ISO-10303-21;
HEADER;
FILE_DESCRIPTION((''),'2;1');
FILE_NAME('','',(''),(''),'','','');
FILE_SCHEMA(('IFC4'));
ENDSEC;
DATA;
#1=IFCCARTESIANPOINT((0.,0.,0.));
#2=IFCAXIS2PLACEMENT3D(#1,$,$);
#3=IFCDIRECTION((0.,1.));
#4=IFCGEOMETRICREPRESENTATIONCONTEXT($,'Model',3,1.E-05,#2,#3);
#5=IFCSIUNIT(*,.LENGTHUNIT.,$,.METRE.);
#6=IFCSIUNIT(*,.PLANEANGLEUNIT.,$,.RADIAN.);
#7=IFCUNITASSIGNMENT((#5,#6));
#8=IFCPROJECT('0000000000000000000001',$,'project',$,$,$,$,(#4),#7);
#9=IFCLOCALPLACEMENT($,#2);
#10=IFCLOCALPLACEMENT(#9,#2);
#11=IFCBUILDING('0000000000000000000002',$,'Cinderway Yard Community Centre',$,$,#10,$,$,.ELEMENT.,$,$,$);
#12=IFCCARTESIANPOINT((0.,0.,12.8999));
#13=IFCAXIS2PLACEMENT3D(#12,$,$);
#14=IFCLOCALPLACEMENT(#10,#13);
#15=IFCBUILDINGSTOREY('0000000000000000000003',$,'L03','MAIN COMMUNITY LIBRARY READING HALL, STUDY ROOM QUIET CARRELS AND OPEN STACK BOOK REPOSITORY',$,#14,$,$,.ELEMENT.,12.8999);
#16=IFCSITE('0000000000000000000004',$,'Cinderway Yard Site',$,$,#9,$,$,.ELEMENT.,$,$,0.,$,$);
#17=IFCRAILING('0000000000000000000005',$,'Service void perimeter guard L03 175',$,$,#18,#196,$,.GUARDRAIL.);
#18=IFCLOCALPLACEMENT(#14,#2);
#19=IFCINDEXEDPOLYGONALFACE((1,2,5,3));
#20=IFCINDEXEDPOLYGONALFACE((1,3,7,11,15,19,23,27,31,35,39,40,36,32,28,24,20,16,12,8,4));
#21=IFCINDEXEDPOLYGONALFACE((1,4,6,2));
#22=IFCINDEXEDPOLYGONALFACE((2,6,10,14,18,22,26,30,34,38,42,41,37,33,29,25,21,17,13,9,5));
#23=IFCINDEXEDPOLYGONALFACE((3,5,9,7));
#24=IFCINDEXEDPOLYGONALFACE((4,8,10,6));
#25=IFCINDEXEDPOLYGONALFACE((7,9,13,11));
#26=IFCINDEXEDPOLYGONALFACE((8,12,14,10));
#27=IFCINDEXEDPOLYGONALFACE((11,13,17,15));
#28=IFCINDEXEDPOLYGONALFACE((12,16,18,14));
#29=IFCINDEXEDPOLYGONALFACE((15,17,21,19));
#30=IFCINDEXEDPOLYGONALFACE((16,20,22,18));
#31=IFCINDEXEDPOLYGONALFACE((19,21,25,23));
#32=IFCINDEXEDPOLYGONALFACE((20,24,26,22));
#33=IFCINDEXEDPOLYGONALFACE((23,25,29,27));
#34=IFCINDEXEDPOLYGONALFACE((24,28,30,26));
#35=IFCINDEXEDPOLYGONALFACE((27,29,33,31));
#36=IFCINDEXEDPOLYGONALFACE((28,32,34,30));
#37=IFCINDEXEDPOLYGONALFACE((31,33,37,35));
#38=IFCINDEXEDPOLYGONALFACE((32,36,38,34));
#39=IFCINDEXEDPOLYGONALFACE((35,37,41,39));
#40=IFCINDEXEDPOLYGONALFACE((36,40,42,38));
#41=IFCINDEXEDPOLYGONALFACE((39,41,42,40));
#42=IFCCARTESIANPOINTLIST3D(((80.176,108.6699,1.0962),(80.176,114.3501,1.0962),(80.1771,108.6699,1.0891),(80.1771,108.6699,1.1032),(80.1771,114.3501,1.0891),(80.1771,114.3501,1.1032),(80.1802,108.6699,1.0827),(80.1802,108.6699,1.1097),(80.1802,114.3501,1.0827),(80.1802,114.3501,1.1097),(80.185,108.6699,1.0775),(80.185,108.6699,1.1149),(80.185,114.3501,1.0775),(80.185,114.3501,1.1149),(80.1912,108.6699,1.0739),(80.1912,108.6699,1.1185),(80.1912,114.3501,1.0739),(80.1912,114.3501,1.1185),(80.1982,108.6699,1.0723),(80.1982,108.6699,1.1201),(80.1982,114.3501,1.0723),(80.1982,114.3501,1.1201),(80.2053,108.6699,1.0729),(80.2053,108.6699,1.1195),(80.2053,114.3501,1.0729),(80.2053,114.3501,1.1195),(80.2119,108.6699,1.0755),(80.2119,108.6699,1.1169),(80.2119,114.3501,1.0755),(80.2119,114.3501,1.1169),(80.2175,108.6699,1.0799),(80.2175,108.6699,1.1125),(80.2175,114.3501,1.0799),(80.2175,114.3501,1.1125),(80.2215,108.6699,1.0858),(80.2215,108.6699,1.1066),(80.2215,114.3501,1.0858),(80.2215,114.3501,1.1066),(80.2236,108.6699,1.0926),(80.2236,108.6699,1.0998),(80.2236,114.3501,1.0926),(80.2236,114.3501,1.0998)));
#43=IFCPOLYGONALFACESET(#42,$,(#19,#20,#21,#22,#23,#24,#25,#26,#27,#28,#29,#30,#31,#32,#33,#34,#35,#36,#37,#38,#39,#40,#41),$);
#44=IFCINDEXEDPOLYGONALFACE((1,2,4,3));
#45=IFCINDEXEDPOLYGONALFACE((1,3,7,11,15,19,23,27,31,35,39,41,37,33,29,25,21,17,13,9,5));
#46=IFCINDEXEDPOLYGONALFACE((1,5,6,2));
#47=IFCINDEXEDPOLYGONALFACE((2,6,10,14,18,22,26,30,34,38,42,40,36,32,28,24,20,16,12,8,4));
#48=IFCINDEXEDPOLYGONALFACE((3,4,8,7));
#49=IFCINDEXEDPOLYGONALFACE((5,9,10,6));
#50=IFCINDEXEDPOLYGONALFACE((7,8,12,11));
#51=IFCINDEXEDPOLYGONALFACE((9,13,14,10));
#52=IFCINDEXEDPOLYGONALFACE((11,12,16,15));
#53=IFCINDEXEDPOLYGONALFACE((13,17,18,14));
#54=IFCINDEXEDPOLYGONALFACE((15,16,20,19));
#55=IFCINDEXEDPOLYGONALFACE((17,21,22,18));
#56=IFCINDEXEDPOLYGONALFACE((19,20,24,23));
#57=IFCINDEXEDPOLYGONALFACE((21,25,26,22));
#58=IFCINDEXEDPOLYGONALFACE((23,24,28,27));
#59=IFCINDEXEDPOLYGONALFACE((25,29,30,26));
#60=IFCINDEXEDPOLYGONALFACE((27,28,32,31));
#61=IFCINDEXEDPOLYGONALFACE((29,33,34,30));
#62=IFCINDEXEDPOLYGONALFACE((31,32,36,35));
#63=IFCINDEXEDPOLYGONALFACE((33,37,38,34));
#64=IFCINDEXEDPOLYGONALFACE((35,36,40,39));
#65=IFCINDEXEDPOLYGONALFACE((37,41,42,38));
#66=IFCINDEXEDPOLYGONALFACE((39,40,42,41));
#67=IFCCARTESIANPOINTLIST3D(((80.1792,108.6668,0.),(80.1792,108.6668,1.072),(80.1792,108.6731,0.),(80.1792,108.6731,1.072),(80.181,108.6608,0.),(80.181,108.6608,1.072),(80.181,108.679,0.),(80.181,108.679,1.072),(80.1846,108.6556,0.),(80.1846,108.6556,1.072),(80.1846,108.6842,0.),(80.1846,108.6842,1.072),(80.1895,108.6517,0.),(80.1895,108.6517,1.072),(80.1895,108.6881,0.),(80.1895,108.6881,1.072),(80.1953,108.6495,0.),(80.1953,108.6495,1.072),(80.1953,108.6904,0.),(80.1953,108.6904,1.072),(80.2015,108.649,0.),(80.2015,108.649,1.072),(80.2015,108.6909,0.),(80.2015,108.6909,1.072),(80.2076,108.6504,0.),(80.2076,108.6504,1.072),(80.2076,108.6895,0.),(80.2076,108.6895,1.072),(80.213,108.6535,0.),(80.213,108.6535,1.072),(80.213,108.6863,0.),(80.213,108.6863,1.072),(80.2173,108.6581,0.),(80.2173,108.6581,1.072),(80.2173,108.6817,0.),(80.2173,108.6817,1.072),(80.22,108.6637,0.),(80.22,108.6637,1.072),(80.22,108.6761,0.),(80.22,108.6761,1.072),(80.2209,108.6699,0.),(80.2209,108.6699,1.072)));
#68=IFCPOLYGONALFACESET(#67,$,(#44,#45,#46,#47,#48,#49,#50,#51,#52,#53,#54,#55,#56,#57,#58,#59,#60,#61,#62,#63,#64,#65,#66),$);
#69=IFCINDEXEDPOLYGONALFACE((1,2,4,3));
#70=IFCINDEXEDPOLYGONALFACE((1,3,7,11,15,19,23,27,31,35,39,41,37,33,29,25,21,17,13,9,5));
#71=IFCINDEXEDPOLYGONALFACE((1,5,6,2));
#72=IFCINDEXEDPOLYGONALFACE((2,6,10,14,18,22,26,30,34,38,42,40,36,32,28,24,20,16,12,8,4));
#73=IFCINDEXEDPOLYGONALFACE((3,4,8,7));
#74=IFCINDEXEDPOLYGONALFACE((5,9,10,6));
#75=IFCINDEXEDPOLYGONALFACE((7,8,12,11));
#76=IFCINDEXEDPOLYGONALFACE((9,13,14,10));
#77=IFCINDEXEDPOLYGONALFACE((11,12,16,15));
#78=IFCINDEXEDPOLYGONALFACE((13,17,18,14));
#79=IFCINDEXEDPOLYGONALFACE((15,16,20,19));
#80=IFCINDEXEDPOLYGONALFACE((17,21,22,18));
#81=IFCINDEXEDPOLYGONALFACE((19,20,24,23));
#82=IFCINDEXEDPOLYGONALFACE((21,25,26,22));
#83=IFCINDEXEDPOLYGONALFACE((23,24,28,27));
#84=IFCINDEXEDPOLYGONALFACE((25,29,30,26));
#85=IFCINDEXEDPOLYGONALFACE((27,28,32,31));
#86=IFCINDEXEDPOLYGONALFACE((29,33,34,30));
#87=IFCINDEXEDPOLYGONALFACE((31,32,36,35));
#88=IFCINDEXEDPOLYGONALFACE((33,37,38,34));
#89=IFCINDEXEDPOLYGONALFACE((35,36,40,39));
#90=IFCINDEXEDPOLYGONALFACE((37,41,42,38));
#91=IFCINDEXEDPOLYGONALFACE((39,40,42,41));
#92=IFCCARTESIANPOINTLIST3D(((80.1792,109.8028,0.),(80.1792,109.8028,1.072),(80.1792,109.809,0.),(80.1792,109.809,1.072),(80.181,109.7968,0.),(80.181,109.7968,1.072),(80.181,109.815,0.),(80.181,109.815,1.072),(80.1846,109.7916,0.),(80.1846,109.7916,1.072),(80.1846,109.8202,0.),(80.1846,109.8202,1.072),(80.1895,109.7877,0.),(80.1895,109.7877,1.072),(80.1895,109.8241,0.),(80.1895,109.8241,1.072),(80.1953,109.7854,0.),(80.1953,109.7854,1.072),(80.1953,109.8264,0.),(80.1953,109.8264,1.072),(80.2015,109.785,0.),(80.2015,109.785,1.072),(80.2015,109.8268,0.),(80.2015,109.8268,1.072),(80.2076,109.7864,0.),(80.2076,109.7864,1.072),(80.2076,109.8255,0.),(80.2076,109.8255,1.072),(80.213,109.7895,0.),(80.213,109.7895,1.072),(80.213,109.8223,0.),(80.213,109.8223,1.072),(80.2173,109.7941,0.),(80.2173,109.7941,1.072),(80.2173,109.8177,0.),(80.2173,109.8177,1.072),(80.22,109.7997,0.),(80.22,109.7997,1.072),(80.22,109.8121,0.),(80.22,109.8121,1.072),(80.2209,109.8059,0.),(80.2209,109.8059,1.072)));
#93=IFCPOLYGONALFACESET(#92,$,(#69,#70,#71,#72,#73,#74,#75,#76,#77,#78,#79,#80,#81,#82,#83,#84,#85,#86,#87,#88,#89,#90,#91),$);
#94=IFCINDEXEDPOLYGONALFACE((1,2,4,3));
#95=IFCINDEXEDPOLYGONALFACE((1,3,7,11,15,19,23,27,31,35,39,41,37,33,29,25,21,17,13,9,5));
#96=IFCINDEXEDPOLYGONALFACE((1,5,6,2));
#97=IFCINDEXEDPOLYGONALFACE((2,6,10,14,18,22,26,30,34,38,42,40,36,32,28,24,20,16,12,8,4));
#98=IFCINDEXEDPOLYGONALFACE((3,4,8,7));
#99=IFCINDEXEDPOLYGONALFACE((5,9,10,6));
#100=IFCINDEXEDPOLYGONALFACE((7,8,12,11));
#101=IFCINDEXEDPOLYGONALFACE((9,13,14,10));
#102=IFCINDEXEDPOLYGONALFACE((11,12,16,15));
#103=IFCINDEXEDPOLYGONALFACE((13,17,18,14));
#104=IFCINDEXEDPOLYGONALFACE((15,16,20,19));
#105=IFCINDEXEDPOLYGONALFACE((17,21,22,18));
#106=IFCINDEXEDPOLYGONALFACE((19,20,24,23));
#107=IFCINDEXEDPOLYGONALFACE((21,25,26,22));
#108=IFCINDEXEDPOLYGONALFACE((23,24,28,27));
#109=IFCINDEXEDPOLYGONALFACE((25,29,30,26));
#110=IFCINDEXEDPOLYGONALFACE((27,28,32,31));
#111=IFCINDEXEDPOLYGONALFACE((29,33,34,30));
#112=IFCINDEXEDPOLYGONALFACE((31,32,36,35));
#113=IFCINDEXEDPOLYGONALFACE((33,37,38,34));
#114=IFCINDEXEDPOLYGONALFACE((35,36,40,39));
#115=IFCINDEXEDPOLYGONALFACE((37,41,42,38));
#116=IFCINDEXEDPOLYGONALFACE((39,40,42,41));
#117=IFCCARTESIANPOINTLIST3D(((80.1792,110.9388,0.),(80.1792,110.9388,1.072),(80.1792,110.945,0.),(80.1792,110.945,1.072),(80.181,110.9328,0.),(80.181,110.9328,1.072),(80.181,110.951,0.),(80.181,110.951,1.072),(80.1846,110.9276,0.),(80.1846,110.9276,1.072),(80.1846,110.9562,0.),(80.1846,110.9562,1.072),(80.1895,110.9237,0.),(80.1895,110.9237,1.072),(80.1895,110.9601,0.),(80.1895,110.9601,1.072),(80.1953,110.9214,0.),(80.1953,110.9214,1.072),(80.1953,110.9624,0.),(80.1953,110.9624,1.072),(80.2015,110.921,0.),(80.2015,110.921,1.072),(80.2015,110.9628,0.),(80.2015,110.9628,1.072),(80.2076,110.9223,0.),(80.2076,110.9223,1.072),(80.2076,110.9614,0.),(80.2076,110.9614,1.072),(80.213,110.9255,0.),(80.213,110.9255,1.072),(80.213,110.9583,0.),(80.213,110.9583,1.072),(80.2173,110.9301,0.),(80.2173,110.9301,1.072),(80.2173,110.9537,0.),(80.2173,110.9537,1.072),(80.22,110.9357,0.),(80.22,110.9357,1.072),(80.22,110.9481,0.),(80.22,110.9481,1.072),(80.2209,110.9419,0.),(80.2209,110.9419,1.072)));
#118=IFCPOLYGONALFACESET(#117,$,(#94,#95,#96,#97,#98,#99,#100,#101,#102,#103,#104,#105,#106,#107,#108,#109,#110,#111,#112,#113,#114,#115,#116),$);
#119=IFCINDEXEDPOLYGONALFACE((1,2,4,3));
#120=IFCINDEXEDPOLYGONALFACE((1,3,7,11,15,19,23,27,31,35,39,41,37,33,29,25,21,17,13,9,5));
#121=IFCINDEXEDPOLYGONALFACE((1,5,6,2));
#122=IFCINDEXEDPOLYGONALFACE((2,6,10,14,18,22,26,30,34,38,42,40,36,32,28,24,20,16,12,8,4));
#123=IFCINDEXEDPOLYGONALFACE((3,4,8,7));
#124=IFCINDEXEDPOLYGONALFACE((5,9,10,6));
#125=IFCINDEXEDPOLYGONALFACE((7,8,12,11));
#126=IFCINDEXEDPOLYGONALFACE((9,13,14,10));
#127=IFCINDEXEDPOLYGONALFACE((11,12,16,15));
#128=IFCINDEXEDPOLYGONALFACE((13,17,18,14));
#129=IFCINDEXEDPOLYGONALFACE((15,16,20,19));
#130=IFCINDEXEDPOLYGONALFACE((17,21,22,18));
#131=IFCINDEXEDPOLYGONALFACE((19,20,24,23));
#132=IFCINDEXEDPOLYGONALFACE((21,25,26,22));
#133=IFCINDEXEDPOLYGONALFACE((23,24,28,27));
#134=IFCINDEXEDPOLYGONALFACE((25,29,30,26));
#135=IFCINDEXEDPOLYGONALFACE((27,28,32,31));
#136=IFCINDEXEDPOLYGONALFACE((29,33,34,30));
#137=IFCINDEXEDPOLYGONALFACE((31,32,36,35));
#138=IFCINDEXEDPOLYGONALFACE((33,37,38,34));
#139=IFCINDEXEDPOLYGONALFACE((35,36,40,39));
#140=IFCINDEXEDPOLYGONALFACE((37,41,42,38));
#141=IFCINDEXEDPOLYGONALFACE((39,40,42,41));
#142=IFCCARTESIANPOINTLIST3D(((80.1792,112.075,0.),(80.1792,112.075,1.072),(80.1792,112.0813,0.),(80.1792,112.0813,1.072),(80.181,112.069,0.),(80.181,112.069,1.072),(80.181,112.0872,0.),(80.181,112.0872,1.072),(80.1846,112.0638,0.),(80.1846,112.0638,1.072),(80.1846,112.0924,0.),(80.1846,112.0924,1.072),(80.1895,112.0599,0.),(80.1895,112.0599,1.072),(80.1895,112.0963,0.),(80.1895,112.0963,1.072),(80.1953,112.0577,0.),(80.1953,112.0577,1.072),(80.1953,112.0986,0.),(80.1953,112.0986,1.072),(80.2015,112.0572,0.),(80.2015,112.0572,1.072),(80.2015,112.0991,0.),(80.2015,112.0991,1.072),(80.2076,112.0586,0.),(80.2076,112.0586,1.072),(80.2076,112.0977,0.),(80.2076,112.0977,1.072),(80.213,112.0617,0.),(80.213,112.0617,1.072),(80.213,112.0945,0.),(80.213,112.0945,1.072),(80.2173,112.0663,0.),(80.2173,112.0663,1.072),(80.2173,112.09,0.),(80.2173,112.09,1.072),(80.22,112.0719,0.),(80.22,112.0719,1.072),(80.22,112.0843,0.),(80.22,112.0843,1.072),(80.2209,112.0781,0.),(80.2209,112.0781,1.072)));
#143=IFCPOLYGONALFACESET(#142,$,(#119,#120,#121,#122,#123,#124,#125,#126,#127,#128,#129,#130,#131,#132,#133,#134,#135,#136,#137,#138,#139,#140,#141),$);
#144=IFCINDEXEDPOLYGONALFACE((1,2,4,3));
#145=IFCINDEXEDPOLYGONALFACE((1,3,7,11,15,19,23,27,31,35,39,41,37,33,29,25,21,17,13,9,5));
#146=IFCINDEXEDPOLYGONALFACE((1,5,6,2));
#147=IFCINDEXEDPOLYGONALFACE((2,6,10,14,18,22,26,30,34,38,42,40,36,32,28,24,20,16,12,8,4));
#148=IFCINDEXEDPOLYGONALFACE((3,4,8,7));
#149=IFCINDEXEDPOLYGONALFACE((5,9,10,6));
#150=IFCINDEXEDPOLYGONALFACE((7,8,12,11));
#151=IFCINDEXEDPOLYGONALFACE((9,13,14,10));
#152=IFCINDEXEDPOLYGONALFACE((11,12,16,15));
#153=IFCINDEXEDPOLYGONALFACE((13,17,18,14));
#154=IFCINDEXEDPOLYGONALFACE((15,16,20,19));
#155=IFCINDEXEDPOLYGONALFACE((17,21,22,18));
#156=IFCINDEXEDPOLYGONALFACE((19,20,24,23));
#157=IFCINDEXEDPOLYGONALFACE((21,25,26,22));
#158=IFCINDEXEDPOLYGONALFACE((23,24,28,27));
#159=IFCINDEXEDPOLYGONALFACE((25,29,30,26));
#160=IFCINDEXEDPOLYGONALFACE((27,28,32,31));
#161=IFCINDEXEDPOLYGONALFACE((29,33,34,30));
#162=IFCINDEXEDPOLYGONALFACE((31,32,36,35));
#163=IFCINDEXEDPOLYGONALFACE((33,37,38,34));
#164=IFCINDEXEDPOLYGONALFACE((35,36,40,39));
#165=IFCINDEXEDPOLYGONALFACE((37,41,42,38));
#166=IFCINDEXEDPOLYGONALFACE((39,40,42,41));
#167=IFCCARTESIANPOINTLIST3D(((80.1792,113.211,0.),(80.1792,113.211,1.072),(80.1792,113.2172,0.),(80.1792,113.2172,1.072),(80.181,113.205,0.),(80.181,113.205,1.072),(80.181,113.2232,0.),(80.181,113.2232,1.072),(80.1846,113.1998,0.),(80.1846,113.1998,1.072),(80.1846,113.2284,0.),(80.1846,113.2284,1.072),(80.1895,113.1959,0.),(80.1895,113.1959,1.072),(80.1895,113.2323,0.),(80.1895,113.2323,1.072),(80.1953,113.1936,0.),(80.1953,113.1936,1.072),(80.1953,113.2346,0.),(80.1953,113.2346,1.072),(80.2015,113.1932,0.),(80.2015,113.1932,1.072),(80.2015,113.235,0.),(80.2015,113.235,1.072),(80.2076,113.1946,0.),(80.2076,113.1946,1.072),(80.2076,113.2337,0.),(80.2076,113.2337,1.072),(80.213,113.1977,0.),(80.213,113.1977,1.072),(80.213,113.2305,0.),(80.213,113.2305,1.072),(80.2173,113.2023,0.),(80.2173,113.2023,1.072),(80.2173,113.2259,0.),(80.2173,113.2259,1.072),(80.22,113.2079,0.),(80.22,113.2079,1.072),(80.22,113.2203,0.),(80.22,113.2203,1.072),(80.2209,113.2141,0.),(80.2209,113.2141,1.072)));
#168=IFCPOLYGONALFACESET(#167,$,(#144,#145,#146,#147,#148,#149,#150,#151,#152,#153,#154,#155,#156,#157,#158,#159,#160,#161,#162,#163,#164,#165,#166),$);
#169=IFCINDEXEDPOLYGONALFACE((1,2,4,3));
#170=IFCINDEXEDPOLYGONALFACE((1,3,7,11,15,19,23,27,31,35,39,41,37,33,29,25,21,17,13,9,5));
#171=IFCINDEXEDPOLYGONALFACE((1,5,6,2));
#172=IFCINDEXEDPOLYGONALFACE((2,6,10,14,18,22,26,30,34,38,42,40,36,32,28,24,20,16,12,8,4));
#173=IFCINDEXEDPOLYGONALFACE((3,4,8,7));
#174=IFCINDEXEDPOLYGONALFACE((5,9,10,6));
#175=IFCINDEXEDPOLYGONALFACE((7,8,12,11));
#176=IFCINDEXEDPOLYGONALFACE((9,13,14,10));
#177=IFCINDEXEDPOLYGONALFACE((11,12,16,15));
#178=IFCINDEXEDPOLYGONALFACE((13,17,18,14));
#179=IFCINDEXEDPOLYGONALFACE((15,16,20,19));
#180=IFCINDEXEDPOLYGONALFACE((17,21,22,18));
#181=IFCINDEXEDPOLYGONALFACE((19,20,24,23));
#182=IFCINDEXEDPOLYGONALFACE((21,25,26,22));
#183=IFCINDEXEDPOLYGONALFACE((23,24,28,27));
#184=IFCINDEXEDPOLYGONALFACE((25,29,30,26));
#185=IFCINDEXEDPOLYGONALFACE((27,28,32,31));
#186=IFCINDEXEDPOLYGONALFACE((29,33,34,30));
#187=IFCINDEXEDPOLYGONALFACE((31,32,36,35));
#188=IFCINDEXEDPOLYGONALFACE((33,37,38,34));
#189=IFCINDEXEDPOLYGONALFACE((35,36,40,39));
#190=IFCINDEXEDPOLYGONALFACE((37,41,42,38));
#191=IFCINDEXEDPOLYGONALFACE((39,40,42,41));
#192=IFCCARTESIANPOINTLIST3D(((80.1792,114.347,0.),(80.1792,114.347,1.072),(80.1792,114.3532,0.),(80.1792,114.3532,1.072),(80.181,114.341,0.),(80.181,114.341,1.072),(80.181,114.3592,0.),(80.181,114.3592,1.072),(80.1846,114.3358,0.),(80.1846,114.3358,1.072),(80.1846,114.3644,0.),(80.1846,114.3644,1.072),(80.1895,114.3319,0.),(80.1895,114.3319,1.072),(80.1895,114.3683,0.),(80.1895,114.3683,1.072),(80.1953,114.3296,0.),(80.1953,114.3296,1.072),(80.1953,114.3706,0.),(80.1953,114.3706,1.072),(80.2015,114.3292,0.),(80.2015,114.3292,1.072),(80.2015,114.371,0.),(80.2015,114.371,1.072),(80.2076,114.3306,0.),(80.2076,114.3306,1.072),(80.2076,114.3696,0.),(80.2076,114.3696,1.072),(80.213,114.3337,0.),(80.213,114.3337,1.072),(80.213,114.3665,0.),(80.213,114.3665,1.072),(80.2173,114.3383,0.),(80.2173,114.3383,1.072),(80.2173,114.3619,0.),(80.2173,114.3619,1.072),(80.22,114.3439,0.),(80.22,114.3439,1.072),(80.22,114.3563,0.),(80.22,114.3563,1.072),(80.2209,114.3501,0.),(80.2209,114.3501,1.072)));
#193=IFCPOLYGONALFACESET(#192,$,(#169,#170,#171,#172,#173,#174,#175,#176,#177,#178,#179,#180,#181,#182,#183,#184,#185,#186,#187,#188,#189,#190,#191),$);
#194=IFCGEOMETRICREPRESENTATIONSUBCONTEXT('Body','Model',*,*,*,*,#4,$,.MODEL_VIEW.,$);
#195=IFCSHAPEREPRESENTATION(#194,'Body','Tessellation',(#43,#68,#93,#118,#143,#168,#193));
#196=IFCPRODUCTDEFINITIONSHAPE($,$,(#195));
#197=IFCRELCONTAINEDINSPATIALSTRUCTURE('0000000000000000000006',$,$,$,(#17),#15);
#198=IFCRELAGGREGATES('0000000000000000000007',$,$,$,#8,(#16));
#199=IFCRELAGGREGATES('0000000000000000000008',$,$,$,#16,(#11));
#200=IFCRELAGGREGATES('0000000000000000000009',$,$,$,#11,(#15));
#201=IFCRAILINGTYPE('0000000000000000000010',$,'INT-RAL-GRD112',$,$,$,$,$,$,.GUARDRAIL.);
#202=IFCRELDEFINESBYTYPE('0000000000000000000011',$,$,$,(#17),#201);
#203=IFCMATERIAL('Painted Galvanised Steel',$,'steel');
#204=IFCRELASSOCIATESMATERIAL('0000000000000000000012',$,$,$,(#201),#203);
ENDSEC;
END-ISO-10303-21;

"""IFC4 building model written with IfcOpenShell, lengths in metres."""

from ifc_helpers import new_model, si_unit, direction, frame, origin, origin_2d, place, context, subcontext, project, spatial, circle, extrude, material, type_object, element, save


model = new_model("IFC4")

# Units and contexts
model_context = context("Model", 3, precision=1e-05, world=origin(), true_north=direction((0.0, 1.0)))
body_context = subcontext(model_context, "Body", "Model", "MODEL_VIEW")
ifc_project = project(units=[si_unit("LENGTHUNIT", "METRE"), si_unit("PLANEANGLEUNIT", "RADIAN")], contexts=[model_context])

# Site, building, storey
site_placement = place(None, origin())
site = spatial("IfcSite", under=ifc_project, at=site_placement, Name="Cinderway Yard Site", CompositionType="ELEMENT", RefElevation=0.0)
building_placement = place(site_placement, origin())
building = spatial("IfcBuilding", under=site, at=building_placement, Name="Cinderway Yard Community Centre", CompositionType="ELEMENT")
storey_placement = place(building_placement, frame((0.0, 0.0, 12.8999)))
storey = spatial("IfcBuildingStorey", under=building, at=storey_placement, Name="L03", Description="MAIN COMMUNITY LIBRARY READING HALL, STUDY ROOM QUIET CARRELS AND OPEN STACK BOOK REPOSITORY", CompositionType="ELEMENT", Elevation=12.8999)

# Shared definitions
ifc_material_1 = material(Name="Painted Galvanised Steel", Category="steel")

# Railing
railing_type_1 = type_object("IfcRailingType", Name="INT-RAL-GRD112", PredefinedType="GUARDRAIL", material=ifc_material_1)
railing_1_placement = place(storey_placement, frame((80.2, 108.6699, 0.0)))
element("IfcRailing", 1, at=railing_1_placement, inside=storey, type_object=railing_type_1, Name="Service void perimeter guard L03 175", PredefinedType="GUARDRAIL", context=body_context, shape_type="SweptSolid", body=[
    extrude(circle(Radius=0.0239, at=origin_2d()), frame((0.0, 0.0, 1.0962), z_axis=(0.0, 1.0, 0.0), x_axis=(-1.0, 0.0, 0.0)), (0.0, 0.0, 1.0), 5.6802),
    extrude(circle(Radius=0.021, at=origin_2d()), origin(), (0.0, 0.0, 1.0), 1.072),
    extrude(circle(Radius=0.021, at=origin_2d()), frame((0.0, 1.136, 0.0)), (0.0, 0.0, 1.0), 1.072),
    extrude(circle(Radius=0.021, at=origin_2d()), frame((0.0, 2.272, 0.0)), (0.0, 0.0, 1.0), 1.072),
    extrude(circle(Radius=0.021, at=origin_2d()), frame((0.0, 3.4082, 0.0)), (0.0, 0.0, 1.0), 1.072),
    extrude(circle(Radius=0.021, at=origin_2d()), frame((0.0, 4.5442, 0.0)), (0.0, 0.0, 1.0), 1.072),
    extrude(circle(Radius=0.021, at=origin_2d()), frame((0.0, 5.6802, 0.0)), (0.0, 0.0, 1.0), 1.072),
])

save(model, "model.ifc")
